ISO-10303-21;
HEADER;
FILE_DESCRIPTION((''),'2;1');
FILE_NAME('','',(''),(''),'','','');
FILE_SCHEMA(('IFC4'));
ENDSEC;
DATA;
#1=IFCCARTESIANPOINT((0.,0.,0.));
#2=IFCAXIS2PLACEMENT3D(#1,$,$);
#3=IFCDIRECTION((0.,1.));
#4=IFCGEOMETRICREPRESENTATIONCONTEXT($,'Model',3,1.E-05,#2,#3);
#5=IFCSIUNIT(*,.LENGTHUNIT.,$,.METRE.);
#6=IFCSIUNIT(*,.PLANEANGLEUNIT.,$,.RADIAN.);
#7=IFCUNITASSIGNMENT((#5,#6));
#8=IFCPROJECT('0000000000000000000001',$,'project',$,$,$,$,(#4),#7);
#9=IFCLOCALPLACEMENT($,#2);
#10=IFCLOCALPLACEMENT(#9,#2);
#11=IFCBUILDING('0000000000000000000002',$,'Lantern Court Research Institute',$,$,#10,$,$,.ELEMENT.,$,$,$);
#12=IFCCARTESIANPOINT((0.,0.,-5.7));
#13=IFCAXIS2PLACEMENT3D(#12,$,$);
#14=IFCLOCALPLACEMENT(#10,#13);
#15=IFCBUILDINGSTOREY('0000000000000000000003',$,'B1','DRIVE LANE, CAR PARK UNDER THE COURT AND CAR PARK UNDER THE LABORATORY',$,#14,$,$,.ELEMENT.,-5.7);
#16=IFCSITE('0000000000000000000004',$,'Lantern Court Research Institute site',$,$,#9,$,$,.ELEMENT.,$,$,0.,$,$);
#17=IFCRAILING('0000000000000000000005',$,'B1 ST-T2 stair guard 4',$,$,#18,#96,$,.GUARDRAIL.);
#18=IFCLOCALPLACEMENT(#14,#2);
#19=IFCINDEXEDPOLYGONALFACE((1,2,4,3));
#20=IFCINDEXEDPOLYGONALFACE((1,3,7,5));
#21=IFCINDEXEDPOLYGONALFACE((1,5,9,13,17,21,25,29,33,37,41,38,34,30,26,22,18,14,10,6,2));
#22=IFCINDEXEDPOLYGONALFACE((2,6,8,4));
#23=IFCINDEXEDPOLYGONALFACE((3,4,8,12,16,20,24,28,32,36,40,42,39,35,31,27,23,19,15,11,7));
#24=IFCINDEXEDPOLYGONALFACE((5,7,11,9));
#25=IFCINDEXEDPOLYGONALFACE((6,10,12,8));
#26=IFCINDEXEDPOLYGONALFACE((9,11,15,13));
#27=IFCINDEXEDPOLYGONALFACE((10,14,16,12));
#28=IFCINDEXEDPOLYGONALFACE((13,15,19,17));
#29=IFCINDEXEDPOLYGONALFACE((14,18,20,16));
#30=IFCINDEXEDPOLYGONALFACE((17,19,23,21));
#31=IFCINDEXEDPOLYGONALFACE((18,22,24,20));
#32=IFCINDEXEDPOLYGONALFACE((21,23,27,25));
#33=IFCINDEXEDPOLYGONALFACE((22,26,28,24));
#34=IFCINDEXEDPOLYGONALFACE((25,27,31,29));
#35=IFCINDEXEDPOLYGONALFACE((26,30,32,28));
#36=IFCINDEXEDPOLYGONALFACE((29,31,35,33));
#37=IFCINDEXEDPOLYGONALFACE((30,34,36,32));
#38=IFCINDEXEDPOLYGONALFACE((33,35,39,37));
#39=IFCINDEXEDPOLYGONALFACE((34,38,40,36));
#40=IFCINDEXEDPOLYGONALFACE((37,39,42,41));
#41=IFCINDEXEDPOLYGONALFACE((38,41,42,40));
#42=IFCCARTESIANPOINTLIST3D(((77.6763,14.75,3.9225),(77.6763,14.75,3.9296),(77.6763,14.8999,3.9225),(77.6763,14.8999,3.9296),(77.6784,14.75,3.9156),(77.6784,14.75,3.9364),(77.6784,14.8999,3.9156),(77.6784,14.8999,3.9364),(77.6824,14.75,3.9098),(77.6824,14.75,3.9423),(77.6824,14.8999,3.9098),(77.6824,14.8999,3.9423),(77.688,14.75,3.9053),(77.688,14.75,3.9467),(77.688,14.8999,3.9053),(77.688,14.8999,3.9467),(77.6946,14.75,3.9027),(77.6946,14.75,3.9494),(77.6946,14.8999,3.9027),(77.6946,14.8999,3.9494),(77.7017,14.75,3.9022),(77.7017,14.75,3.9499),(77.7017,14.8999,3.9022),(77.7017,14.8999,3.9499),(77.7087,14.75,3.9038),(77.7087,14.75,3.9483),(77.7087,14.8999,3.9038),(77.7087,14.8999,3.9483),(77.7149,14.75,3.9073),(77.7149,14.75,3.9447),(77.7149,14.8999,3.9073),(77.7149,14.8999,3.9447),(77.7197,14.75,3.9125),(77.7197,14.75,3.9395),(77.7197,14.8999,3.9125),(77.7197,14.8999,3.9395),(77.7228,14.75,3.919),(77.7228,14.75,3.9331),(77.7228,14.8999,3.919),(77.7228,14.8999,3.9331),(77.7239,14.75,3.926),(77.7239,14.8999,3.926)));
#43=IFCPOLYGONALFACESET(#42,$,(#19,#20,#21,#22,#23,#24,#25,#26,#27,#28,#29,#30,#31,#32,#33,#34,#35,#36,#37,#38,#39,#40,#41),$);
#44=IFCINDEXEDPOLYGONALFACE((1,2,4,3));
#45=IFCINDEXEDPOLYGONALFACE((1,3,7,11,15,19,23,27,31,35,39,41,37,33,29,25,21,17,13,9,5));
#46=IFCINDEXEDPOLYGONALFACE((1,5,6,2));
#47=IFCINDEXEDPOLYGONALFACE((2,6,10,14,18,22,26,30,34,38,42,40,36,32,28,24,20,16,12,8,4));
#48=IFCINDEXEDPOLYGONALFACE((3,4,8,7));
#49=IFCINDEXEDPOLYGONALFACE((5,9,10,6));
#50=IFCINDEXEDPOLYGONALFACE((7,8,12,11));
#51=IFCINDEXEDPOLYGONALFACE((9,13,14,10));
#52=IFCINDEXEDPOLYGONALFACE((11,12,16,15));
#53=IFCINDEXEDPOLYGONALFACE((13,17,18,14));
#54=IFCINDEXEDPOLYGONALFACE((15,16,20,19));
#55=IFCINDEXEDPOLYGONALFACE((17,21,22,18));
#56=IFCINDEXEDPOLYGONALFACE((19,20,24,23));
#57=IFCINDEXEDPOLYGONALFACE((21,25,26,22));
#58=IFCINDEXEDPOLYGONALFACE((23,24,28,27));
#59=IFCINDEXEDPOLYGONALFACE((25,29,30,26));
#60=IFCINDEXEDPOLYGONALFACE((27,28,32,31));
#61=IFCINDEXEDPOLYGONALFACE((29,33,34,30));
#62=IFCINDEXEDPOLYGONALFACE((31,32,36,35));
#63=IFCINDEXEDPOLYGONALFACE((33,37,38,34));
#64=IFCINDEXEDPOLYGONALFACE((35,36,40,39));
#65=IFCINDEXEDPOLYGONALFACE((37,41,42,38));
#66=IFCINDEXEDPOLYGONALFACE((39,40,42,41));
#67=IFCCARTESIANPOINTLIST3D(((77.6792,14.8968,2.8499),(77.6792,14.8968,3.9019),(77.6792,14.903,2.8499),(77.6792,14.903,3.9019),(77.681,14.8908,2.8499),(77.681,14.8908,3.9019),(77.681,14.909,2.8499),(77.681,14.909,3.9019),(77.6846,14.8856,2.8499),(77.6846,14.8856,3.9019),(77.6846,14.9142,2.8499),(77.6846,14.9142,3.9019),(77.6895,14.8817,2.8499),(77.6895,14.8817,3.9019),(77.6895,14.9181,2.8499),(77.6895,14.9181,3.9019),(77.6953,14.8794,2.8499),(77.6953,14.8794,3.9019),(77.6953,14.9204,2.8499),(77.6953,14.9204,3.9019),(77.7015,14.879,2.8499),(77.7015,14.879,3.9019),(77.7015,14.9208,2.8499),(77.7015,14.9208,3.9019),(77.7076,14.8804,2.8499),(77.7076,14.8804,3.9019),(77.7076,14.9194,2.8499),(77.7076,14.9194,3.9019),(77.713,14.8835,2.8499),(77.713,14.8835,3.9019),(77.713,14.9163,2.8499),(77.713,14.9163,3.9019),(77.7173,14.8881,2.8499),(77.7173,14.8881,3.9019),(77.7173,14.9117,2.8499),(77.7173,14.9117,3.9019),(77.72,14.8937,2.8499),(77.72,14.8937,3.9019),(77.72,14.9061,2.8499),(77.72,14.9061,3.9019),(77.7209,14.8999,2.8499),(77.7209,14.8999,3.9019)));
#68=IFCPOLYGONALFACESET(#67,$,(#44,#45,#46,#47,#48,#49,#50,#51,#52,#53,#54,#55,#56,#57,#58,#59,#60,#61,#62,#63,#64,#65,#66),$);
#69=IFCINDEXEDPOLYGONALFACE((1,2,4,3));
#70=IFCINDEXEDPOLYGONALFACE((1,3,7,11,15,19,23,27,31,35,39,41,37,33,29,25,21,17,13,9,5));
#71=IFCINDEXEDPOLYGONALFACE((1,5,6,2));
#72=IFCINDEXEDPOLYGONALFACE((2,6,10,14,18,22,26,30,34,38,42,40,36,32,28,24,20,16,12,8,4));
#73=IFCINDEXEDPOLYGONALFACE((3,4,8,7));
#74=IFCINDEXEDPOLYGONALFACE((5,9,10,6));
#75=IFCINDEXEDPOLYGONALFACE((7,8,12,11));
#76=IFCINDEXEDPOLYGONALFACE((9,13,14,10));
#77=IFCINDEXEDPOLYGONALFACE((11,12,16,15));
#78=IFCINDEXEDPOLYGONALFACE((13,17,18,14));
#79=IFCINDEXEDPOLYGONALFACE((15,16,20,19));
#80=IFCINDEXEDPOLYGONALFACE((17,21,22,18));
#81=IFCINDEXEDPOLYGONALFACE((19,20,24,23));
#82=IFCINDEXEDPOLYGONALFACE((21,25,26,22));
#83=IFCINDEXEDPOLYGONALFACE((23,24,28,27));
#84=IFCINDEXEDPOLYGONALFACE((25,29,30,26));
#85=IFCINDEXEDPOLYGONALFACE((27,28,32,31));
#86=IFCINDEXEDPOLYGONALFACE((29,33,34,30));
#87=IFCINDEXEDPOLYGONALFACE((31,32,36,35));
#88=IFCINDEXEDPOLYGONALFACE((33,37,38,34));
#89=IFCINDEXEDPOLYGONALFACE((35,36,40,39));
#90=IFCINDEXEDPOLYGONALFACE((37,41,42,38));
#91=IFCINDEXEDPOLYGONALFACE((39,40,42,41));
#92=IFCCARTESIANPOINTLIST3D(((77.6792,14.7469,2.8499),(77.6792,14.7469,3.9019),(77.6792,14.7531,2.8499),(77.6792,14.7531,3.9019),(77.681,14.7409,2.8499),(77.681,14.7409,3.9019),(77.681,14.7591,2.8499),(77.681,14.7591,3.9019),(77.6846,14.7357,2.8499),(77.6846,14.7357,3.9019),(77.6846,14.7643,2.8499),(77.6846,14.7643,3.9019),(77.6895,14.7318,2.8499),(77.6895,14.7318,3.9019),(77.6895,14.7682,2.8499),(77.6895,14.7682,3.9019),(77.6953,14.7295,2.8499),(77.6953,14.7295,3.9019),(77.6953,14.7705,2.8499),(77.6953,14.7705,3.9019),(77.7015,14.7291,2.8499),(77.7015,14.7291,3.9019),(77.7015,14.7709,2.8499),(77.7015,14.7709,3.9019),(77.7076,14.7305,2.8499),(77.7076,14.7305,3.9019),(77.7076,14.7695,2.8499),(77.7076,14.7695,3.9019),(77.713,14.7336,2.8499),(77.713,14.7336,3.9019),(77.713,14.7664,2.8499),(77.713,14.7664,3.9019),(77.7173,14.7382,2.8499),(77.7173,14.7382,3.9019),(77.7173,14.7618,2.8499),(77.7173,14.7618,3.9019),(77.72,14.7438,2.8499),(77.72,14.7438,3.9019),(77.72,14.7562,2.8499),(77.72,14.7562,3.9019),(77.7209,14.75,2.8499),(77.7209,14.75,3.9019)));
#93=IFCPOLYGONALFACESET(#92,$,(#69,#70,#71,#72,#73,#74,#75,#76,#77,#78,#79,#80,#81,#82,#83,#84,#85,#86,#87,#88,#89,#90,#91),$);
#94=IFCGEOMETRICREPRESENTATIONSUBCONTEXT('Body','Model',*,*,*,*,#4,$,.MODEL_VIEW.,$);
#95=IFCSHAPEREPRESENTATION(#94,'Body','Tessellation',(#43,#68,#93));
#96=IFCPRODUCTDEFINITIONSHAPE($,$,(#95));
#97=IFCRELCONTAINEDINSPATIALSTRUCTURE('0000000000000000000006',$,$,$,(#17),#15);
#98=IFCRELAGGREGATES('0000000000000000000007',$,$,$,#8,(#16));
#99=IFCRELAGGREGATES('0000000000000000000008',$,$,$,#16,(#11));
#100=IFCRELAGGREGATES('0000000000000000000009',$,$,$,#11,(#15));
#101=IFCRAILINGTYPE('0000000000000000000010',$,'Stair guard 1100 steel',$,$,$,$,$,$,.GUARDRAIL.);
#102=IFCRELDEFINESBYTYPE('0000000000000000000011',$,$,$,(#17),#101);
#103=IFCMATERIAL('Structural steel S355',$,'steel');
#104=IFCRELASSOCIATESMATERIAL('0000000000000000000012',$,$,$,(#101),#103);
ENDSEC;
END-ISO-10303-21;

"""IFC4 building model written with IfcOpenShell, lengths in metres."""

from ifc_helpers import new_model, si_unit, direction, frame, origin, origin_2d, place, context, subcontext, project, spatial, circle, extrude, material, type_object, element, save


model = new_model("IFC4")

# Units and contexts
model_context = context("Model", 3, precision=1e-05, world=origin(), true_north=direction((0.0, 1.0)))
body_context = subcontext(model_context, "Body", "Model", "MODEL_VIEW")
ifc_project = project(units=[si_unit("LENGTHUNIT", "METRE"), si_unit("PLANEANGLEUNIT", "RADIAN")], contexts=[model_context])

# Site, building, storey
site_placement = place(None, origin())
site = spatial("IfcSite", under=ifc_project, at=site_placement, Name="Lantern Court Research Institute site", CompositionType="ELEMENT", RefElevation=0.0)
building_placement = place(site_placement, origin())
building = spatial("IfcBuilding", under=site, at=building_placement, Name="Lantern Court Research Institute", CompositionType="ELEMENT")
storey_placement = place(building_placement, frame((0.0, 0.0, -5.7)))
storey = spatial("IfcBuildingStorey", under=building, at=storey_placement, Name="B1", Description="DRIVE LANE, CAR PARK UNDER THE COURT AND CAR PARK UNDER THE LABORATORY", CompositionType="ELEMENT", Elevation=-5.7)

# Railing
ifc_material_1 = material(Name="Structural steel S355", Category="steel")
railing_type_1 = type_object("IfcRailingType", Name="Stair guard 1100 steel", PredefinedType="GUARDRAIL", material=ifc_material_1)
railing_1_placement = place(storey_placement, frame((77.7, 14.8999, 2.8499)))
element("IfcRailing", 1, at=railing_1_placement, inside=storey, type_object=railing_type_1, Name="B1 ST-T2 stair guard 4", PredefinedType="GUARDRAIL", context=body_context, shape_type="SweptSolid", body=[
    extrude(circle(Radius=0.0239, at=origin_2d()), frame((0.0, 0.0, 1.0762), z_axis=(0.0, -1.0, 0.0), x_axis=(1.0, 0.0, 0.0)), (0.0, 0.0, 1.0), 0.1499),
    extrude(circle(Radius=0.021, at=origin_2d()), origin(), (0.0, 0.0, 1.0), 1.052),
    extrude(circle(Radius=0.021, at=origin_2d()), frame((0.0, -0.1499, 0.0)), (0.0, 0.0, 1.0), 1.052),
])

save(model, "model.ifc")
